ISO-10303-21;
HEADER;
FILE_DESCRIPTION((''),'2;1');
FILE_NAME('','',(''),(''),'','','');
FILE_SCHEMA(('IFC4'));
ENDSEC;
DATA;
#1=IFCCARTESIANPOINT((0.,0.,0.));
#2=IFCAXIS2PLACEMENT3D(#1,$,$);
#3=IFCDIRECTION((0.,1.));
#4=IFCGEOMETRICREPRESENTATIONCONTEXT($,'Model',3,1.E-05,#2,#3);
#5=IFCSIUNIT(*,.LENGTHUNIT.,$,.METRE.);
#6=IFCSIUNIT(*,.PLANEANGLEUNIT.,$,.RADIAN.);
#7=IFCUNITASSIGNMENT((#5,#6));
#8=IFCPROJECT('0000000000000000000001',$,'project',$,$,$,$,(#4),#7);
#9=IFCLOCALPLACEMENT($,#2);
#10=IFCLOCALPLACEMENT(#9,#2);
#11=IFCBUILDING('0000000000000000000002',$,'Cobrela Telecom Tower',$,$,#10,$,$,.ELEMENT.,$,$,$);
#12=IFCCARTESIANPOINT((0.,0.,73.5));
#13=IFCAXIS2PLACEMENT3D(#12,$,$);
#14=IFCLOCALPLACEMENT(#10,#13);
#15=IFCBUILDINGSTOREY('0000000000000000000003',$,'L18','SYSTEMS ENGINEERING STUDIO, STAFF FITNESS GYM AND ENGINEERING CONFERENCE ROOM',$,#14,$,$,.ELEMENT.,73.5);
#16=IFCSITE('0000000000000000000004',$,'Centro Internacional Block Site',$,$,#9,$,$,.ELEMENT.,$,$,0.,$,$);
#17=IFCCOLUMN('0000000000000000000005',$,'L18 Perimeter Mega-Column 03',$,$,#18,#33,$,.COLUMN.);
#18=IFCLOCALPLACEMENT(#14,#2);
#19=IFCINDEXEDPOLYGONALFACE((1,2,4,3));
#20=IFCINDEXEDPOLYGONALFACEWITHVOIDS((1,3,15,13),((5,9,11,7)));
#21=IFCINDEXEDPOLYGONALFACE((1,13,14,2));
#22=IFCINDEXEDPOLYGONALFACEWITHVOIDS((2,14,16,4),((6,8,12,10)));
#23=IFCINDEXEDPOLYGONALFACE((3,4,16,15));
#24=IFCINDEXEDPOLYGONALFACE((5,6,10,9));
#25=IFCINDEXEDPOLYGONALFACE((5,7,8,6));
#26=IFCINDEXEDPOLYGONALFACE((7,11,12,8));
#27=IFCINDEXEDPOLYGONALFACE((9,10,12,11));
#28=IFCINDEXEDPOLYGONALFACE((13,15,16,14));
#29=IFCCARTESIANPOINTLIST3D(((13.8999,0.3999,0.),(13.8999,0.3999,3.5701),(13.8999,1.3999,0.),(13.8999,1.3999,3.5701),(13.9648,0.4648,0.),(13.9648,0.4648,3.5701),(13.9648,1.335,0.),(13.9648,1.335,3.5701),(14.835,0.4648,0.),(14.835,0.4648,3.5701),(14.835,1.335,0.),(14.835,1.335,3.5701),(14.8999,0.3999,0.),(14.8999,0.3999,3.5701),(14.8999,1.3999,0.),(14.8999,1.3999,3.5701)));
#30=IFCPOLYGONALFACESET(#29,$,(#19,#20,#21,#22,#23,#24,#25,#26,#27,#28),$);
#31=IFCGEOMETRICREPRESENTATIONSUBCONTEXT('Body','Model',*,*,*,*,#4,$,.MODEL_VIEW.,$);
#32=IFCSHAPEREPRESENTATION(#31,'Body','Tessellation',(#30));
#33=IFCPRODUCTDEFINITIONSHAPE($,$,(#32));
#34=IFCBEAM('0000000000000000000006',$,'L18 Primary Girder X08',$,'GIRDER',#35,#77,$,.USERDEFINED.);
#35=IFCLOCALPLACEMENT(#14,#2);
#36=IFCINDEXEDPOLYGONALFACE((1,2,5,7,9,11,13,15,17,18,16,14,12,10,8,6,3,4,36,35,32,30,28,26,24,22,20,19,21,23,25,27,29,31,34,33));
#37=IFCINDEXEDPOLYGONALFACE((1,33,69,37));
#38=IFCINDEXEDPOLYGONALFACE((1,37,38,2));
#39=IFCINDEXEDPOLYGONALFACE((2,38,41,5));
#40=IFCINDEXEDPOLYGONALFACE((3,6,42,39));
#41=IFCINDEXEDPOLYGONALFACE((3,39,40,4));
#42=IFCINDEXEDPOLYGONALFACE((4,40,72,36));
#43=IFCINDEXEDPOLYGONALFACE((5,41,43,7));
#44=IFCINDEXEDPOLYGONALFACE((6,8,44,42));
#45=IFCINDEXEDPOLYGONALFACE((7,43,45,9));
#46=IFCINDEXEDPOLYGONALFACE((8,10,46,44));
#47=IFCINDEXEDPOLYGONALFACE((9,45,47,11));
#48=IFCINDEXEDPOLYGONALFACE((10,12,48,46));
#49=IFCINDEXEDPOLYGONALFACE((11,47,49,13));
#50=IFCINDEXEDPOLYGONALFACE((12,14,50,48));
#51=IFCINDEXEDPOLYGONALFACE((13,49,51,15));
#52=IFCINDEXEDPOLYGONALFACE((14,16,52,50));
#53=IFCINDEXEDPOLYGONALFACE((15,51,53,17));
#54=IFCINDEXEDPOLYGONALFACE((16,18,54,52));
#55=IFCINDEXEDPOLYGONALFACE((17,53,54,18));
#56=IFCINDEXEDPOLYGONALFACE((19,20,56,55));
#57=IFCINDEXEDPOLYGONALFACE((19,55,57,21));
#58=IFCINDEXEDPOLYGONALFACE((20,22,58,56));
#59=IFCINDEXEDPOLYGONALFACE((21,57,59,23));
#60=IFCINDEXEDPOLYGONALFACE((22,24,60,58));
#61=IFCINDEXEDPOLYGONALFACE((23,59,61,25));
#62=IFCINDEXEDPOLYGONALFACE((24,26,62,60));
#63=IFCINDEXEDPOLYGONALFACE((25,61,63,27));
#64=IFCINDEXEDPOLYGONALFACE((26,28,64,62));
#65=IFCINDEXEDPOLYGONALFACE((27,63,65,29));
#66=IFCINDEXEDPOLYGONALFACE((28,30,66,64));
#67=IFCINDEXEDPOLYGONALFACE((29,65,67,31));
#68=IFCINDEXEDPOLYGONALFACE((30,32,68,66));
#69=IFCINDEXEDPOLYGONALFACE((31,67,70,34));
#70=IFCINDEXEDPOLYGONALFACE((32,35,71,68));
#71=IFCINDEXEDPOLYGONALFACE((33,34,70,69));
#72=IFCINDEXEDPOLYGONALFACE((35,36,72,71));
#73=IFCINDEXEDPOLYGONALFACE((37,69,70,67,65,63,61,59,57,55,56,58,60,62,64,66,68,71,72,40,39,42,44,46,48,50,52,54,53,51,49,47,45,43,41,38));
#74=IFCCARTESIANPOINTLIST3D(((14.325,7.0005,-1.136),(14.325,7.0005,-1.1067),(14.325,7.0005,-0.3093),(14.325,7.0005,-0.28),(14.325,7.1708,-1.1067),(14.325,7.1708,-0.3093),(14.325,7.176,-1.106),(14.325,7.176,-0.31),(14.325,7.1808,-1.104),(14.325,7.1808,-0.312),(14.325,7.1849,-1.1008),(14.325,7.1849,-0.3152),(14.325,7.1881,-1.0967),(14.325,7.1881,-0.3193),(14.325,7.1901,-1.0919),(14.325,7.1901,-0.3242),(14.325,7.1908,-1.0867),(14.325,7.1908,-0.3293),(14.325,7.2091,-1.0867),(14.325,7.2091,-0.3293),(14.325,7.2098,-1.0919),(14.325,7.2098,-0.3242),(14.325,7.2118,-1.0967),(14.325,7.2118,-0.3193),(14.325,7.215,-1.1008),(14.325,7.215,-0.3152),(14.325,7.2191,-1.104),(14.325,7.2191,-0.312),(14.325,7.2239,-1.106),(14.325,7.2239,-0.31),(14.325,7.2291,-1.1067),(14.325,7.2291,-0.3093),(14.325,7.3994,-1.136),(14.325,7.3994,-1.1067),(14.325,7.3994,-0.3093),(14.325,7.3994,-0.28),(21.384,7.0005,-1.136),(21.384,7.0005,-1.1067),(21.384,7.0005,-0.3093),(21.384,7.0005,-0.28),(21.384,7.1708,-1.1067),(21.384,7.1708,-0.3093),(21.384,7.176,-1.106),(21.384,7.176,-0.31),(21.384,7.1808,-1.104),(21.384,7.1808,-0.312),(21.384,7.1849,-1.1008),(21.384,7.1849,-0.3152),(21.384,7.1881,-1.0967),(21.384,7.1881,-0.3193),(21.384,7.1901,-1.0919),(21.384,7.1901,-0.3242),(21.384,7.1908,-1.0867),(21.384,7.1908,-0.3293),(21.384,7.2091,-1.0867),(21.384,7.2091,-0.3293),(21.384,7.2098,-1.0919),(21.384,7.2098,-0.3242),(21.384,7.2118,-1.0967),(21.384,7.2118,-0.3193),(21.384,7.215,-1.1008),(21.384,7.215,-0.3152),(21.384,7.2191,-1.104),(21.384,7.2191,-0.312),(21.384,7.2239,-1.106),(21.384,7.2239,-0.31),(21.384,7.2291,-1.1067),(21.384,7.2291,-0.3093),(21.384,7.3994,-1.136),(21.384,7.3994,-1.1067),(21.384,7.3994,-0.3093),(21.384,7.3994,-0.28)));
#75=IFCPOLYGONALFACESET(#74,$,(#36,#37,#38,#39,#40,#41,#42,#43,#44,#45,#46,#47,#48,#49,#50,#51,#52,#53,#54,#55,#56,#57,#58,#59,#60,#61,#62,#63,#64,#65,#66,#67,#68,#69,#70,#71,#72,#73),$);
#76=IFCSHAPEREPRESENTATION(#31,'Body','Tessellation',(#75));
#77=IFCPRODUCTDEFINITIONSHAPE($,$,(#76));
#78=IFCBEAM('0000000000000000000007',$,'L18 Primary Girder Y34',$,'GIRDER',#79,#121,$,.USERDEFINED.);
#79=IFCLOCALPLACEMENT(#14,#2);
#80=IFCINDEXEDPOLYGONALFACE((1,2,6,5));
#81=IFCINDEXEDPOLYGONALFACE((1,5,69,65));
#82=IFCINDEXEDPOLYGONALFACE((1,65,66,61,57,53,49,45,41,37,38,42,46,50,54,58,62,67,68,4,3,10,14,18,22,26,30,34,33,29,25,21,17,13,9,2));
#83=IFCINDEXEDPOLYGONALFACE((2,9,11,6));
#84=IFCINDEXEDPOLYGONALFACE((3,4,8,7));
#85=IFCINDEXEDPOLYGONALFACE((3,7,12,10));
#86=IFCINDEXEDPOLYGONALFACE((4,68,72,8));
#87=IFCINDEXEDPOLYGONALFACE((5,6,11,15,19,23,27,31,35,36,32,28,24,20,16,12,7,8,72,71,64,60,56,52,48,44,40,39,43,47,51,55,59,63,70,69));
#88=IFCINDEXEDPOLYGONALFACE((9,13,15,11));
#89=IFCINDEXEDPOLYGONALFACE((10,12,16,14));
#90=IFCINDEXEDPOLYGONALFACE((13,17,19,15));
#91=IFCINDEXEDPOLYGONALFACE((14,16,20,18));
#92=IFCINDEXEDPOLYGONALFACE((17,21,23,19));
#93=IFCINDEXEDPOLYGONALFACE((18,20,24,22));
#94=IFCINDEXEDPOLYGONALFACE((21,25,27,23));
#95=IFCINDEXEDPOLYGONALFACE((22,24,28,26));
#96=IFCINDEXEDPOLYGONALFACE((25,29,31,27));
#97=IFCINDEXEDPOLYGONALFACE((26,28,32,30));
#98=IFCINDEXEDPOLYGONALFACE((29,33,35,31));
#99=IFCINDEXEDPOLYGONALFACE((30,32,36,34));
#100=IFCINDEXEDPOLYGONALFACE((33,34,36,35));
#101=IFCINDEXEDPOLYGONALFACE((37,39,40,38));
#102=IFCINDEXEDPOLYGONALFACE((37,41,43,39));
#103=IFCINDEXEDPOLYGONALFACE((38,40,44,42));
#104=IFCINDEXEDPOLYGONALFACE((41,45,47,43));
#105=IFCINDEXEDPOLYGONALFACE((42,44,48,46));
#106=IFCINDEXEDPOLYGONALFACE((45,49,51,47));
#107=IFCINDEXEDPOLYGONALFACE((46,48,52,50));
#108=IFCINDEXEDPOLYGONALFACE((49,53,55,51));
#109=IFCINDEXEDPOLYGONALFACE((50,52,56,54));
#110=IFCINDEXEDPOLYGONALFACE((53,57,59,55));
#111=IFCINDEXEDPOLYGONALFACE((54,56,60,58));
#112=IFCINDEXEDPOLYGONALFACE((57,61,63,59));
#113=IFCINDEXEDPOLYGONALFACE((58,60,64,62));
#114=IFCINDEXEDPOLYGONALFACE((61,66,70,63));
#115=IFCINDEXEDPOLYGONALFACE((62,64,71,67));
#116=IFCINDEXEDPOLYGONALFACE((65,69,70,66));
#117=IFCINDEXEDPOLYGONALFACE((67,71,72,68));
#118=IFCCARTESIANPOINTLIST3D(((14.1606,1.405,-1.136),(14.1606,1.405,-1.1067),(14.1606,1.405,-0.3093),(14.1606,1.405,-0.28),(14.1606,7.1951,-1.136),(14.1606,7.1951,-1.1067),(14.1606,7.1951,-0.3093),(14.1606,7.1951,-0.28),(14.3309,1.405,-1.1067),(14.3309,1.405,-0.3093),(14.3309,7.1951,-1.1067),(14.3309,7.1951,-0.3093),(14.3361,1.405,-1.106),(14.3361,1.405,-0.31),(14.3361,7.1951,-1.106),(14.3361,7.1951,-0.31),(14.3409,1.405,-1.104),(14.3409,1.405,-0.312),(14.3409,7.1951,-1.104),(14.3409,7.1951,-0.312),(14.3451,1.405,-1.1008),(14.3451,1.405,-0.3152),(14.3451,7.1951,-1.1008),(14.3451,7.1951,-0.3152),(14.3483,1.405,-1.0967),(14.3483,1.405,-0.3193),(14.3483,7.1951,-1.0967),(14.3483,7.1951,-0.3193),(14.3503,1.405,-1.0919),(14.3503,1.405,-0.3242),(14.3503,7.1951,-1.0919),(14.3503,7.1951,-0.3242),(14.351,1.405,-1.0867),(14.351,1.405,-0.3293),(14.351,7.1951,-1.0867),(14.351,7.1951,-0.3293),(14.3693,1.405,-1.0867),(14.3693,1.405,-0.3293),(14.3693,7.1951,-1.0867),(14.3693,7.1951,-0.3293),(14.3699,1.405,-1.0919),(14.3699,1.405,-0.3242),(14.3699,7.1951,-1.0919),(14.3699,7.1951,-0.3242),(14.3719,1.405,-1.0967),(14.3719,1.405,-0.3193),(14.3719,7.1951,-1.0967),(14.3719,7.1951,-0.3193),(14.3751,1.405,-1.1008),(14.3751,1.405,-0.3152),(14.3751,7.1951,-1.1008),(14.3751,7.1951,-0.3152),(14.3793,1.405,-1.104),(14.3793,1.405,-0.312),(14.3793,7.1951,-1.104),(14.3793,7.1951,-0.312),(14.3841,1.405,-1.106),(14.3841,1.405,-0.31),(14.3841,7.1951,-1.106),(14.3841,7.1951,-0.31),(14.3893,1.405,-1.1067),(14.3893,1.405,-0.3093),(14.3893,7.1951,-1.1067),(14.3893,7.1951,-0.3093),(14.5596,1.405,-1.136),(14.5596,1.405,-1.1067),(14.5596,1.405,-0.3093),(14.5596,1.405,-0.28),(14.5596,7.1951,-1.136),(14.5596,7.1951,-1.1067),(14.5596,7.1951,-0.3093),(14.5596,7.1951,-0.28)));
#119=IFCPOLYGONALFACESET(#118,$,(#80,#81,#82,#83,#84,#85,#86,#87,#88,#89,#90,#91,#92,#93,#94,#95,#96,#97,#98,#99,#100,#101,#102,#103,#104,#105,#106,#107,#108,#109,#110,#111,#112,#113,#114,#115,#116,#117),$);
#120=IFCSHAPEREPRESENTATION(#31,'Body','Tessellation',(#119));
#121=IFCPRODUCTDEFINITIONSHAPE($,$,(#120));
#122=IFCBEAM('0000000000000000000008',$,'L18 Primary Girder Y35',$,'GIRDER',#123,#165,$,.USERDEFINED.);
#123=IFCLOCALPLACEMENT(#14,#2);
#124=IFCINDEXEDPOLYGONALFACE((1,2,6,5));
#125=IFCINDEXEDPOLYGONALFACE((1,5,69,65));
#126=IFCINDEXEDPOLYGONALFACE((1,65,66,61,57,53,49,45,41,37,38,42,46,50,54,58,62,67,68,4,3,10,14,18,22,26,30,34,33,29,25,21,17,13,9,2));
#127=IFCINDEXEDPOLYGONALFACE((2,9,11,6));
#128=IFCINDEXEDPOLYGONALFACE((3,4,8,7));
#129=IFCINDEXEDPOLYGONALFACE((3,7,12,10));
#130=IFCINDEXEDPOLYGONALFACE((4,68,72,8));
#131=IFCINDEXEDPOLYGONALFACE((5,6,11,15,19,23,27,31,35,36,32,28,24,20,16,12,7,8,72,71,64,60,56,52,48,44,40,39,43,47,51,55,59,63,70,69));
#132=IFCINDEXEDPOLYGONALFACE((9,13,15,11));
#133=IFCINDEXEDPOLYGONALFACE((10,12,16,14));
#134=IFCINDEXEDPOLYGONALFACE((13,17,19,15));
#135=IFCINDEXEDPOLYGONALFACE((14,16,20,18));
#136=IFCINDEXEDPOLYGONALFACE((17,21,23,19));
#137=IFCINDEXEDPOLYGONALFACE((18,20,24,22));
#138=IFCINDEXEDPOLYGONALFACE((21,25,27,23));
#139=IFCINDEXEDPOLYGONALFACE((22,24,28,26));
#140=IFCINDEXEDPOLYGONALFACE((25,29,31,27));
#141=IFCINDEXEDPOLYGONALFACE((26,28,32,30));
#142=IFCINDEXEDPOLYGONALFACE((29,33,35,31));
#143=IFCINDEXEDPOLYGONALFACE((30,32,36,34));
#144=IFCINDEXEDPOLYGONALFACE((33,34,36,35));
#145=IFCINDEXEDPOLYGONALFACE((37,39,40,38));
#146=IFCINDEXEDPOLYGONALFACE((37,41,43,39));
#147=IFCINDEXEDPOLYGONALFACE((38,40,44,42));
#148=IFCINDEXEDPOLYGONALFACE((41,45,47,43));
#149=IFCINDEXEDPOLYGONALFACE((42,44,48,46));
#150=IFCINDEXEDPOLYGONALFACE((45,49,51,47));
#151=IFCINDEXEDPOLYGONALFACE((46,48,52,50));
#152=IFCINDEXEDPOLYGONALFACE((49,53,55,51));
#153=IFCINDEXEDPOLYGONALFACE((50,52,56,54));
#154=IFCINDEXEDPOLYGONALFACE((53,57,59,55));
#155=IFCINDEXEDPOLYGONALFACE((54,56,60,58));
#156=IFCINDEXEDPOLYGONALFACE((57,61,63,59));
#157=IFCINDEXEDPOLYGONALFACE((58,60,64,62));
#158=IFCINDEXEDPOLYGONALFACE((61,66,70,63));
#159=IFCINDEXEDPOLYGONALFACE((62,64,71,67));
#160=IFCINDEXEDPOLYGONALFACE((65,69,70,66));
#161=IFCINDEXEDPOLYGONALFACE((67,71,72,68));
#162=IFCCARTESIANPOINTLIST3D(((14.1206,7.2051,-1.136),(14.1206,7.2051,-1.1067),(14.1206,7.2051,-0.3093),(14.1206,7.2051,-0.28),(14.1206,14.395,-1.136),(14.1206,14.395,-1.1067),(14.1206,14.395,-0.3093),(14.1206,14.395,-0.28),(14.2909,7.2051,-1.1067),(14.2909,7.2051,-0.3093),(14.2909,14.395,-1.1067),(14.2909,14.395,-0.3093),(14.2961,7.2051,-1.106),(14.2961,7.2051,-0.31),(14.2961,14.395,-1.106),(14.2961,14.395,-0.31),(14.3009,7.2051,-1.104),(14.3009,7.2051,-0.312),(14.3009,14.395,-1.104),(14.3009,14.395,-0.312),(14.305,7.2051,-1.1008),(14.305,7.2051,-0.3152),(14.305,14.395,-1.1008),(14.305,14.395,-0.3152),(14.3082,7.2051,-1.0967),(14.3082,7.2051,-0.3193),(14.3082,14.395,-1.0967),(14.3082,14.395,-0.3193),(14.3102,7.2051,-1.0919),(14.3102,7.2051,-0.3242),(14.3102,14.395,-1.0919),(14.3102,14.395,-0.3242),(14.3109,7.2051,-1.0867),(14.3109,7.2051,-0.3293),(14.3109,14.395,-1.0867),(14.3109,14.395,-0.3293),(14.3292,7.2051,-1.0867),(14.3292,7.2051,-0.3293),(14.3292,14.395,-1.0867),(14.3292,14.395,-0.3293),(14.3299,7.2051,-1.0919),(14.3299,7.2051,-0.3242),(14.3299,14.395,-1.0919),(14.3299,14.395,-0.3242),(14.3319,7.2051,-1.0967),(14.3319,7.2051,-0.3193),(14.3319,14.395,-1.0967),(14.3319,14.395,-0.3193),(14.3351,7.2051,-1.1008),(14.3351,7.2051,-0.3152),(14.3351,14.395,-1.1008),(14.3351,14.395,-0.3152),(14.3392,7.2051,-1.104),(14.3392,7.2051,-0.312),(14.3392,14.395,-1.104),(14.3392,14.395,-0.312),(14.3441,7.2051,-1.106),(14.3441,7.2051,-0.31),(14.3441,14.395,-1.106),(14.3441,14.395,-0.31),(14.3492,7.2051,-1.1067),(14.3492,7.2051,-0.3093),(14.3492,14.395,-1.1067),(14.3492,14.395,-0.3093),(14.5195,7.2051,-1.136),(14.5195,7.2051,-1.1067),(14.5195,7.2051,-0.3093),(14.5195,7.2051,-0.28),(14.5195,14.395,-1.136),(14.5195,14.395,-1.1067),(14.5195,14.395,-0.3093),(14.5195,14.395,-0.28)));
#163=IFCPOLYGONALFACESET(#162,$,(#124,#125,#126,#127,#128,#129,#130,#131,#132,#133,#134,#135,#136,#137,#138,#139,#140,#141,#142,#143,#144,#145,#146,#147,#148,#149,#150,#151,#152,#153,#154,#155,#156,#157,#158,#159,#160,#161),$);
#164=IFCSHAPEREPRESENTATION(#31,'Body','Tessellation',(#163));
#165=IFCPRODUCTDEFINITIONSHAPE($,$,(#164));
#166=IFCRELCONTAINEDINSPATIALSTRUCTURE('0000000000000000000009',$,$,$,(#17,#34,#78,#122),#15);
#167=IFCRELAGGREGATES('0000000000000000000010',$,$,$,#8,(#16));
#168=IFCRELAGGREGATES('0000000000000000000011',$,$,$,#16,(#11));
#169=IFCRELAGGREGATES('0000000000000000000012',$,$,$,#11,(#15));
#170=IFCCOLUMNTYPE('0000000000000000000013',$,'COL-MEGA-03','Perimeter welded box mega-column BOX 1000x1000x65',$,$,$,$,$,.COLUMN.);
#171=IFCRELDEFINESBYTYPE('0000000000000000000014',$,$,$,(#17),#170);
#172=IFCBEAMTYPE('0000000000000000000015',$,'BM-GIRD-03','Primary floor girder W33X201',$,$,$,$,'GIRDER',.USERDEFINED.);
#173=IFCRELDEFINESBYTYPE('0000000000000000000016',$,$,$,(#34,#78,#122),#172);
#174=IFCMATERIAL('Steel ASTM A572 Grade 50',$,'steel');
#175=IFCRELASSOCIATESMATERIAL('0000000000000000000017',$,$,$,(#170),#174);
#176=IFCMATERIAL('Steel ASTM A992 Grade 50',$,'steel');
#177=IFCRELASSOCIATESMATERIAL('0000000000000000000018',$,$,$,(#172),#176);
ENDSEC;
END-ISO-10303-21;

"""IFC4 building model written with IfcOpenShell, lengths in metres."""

from ifc_helpers import new_model, si_unit, direction, frame, origin, origin_2d, place, context, subcontext, project, spatial, hollow_rectangle, i_section, extrude, material, material_profile, profile_set, type_object, element, save


model = new_model("IFC4")

# Units and contexts
model_context = context("Model", 3, precision=1e-05, world=origin(), true_north=direction((0.0, 1.0)))
body_context = subcontext(model_context, "Body", "Model", "MODEL_VIEW")
ifc_project = project(units=[si_unit("LENGTHUNIT", "METRE"), si_unit("PLANEANGLEUNIT", "RADIAN")], contexts=[model_context])

# Site, building, storey
site_placement = place(None, origin())
site = spatial("IfcSite", under=ifc_project, at=site_placement, Name="Centro Internacional Block Site", CompositionType="ELEMENT", RefElevation=0.0)
building_placement = place(site_placement, origin())
building = spatial("IfcBuilding", under=site, at=building_placement, Name="Cobrela Telecom Tower", CompositionType="ELEMENT")
storey_placement = place(building_placement, frame((0.0, 0.0, 73.5)))
storey = spatial("IfcBuildingStorey", under=building, at=storey_placement, Name="L18", Description="SYSTEMS ENGINEERING STUDIO, STAFF FITNESS GYM AND ENGINEERING CONFERENCE ROOM", CompositionType="ELEMENT", Elevation=73.5)

# Column
ifc_material_1 = material(Name="Steel ASTM A572 Grade 50", Category="steel")
ifc_material_profile_1 = material_profile(ifc_material_1, hollow_rectangle(XDim=1.0, YDim=1.0, WallThickness=0.0649, at=origin_2d()), Name="BOX 1000x1000x65")
ifc_profile_set_1 = profile_set([ifc_material_profile_1], Name="Steel ASTM A572 Grade 50")
column_type = type_object("IfcColumnType", Name="COL-MEGA-03", Description="Perimeter welded box mega-column BOX 1000x1000x65", PredefinedType="COLUMN", material=ifc_profile_set_1)
column_placement = place(storey_placement, frame((14.3999, 0.8999, 0.0), z_axis=(0.0, 0.0, 1.0), x_axis=(1.0, 0.0, 0.0)))
element("IfcColumn", 1, at=column_placement, inside=storey, type_object=column_type, Name="L18 Perimeter Mega-Column 03", PredefinedType="COLUMN", context=body_context, shape_type="SweptSolid", body=[
    extrude(hollow_rectangle(XDim=1.0, YDim=1.0, WallThickness=0.0649, at=origin_2d()), origin(), (0.0, 0.0, 1.0), 3.5701),
])

# Beams
ifc_material_2 = material(Name="Steel ASTM A992 Grade 50", Category="steel")
ifc_material_profile_2 = material_profile(ifc_material_2, i_section(OverallWidth=0.3989, OverallDepth=0.856, WebThickness=0.0183, FlangeThickness=0.0293, FilletRadius=0.02, at=origin_2d()), Name="W33X201")
ifc_profile_set_2 = profile_set([ifc_material_profile_2], Name="Steel ASTM A992 Grade 50")
beam_type_1 = type_object("IfcBeamType", Name="BM-GIRD-03", Description="Primary floor girder W33X201", ElementType="GIRDER", PredefinedType="USERDEFINED", material=ifc_profile_set_2)
beam_1_placement = place(storey_placement, frame((14.325, 7.2, -0.708), z_axis=(1.0, 0.0, 0.0), x_axis=(0.0, 1.0, 0.0)))
element("IfcBeam", 2, at=beam_1_placement, inside=storey, type_object=beam_type_1, Name="L18 Primary Girder X08", ObjectType="GIRDER", PredefinedType="USERDEFINED", context=body_context, shape_type="SweptSolid", body=[
    extrude(i_section(OverallWidth=0.3989, OverallDepth=0.856, WebThickness=0.0183, FlangeThickness=0.0293, FilletRadius=0.02, at=origin_2d()), origin(), (0.0, 0.0, 1.0), 7.0591),
])
beam_2_placement = place(storey_placement, frame((14.3601, 1.405, -0.708), z_axis=(0.0, 1.0, 0.0), x_axis=(-1.0, 0.0, 0.0)))
element("IfcBeam", 3, at=beam_2_placement, inside=storey, type_object=beam_type_1, Name="L18 Primary Girder Y34", ObjectType="GIRDER", PredefinedType="USERDEFINED", context=body_context, shape_type="SweptSolid", body=[
    extrude(i_section(OverallWidth=0.3989, OverallDepth=0.856, WebThickness=0.0183, FlangeThickness=0.0293, FilletRadius=0.02, at=origin_2d()), origin(), (0.0, 0.0, 1.0), 5.79),
])
beam_3_placement = place(storey_placement, frame((14.3201, 7.2051, -0.708), z_axis=(0.0, 1.0, 0.0), x_axis=(-1.0, 0.0, 0.0)))
element("IfcBeam", 4, at=beam_3_placement, inside=storey, type_object=beam_type_1, Name="L18 Primary Girder Y35", ObjectType="GIRDER", PredefinedType="USERDEFINED", context=body_context, shape_type="SweptSolid", body=[
    extrude(i_section(OverallWidth=0.3989, OverallDepth=0.856, WebThickness=0.0183, FlangeThickness=0.0293, FilletRadius=0.02, at=origin_2d()), origin(), (0.0, 0.0, 1.0), 7.1899),
])

save(model, "model.ifc")
